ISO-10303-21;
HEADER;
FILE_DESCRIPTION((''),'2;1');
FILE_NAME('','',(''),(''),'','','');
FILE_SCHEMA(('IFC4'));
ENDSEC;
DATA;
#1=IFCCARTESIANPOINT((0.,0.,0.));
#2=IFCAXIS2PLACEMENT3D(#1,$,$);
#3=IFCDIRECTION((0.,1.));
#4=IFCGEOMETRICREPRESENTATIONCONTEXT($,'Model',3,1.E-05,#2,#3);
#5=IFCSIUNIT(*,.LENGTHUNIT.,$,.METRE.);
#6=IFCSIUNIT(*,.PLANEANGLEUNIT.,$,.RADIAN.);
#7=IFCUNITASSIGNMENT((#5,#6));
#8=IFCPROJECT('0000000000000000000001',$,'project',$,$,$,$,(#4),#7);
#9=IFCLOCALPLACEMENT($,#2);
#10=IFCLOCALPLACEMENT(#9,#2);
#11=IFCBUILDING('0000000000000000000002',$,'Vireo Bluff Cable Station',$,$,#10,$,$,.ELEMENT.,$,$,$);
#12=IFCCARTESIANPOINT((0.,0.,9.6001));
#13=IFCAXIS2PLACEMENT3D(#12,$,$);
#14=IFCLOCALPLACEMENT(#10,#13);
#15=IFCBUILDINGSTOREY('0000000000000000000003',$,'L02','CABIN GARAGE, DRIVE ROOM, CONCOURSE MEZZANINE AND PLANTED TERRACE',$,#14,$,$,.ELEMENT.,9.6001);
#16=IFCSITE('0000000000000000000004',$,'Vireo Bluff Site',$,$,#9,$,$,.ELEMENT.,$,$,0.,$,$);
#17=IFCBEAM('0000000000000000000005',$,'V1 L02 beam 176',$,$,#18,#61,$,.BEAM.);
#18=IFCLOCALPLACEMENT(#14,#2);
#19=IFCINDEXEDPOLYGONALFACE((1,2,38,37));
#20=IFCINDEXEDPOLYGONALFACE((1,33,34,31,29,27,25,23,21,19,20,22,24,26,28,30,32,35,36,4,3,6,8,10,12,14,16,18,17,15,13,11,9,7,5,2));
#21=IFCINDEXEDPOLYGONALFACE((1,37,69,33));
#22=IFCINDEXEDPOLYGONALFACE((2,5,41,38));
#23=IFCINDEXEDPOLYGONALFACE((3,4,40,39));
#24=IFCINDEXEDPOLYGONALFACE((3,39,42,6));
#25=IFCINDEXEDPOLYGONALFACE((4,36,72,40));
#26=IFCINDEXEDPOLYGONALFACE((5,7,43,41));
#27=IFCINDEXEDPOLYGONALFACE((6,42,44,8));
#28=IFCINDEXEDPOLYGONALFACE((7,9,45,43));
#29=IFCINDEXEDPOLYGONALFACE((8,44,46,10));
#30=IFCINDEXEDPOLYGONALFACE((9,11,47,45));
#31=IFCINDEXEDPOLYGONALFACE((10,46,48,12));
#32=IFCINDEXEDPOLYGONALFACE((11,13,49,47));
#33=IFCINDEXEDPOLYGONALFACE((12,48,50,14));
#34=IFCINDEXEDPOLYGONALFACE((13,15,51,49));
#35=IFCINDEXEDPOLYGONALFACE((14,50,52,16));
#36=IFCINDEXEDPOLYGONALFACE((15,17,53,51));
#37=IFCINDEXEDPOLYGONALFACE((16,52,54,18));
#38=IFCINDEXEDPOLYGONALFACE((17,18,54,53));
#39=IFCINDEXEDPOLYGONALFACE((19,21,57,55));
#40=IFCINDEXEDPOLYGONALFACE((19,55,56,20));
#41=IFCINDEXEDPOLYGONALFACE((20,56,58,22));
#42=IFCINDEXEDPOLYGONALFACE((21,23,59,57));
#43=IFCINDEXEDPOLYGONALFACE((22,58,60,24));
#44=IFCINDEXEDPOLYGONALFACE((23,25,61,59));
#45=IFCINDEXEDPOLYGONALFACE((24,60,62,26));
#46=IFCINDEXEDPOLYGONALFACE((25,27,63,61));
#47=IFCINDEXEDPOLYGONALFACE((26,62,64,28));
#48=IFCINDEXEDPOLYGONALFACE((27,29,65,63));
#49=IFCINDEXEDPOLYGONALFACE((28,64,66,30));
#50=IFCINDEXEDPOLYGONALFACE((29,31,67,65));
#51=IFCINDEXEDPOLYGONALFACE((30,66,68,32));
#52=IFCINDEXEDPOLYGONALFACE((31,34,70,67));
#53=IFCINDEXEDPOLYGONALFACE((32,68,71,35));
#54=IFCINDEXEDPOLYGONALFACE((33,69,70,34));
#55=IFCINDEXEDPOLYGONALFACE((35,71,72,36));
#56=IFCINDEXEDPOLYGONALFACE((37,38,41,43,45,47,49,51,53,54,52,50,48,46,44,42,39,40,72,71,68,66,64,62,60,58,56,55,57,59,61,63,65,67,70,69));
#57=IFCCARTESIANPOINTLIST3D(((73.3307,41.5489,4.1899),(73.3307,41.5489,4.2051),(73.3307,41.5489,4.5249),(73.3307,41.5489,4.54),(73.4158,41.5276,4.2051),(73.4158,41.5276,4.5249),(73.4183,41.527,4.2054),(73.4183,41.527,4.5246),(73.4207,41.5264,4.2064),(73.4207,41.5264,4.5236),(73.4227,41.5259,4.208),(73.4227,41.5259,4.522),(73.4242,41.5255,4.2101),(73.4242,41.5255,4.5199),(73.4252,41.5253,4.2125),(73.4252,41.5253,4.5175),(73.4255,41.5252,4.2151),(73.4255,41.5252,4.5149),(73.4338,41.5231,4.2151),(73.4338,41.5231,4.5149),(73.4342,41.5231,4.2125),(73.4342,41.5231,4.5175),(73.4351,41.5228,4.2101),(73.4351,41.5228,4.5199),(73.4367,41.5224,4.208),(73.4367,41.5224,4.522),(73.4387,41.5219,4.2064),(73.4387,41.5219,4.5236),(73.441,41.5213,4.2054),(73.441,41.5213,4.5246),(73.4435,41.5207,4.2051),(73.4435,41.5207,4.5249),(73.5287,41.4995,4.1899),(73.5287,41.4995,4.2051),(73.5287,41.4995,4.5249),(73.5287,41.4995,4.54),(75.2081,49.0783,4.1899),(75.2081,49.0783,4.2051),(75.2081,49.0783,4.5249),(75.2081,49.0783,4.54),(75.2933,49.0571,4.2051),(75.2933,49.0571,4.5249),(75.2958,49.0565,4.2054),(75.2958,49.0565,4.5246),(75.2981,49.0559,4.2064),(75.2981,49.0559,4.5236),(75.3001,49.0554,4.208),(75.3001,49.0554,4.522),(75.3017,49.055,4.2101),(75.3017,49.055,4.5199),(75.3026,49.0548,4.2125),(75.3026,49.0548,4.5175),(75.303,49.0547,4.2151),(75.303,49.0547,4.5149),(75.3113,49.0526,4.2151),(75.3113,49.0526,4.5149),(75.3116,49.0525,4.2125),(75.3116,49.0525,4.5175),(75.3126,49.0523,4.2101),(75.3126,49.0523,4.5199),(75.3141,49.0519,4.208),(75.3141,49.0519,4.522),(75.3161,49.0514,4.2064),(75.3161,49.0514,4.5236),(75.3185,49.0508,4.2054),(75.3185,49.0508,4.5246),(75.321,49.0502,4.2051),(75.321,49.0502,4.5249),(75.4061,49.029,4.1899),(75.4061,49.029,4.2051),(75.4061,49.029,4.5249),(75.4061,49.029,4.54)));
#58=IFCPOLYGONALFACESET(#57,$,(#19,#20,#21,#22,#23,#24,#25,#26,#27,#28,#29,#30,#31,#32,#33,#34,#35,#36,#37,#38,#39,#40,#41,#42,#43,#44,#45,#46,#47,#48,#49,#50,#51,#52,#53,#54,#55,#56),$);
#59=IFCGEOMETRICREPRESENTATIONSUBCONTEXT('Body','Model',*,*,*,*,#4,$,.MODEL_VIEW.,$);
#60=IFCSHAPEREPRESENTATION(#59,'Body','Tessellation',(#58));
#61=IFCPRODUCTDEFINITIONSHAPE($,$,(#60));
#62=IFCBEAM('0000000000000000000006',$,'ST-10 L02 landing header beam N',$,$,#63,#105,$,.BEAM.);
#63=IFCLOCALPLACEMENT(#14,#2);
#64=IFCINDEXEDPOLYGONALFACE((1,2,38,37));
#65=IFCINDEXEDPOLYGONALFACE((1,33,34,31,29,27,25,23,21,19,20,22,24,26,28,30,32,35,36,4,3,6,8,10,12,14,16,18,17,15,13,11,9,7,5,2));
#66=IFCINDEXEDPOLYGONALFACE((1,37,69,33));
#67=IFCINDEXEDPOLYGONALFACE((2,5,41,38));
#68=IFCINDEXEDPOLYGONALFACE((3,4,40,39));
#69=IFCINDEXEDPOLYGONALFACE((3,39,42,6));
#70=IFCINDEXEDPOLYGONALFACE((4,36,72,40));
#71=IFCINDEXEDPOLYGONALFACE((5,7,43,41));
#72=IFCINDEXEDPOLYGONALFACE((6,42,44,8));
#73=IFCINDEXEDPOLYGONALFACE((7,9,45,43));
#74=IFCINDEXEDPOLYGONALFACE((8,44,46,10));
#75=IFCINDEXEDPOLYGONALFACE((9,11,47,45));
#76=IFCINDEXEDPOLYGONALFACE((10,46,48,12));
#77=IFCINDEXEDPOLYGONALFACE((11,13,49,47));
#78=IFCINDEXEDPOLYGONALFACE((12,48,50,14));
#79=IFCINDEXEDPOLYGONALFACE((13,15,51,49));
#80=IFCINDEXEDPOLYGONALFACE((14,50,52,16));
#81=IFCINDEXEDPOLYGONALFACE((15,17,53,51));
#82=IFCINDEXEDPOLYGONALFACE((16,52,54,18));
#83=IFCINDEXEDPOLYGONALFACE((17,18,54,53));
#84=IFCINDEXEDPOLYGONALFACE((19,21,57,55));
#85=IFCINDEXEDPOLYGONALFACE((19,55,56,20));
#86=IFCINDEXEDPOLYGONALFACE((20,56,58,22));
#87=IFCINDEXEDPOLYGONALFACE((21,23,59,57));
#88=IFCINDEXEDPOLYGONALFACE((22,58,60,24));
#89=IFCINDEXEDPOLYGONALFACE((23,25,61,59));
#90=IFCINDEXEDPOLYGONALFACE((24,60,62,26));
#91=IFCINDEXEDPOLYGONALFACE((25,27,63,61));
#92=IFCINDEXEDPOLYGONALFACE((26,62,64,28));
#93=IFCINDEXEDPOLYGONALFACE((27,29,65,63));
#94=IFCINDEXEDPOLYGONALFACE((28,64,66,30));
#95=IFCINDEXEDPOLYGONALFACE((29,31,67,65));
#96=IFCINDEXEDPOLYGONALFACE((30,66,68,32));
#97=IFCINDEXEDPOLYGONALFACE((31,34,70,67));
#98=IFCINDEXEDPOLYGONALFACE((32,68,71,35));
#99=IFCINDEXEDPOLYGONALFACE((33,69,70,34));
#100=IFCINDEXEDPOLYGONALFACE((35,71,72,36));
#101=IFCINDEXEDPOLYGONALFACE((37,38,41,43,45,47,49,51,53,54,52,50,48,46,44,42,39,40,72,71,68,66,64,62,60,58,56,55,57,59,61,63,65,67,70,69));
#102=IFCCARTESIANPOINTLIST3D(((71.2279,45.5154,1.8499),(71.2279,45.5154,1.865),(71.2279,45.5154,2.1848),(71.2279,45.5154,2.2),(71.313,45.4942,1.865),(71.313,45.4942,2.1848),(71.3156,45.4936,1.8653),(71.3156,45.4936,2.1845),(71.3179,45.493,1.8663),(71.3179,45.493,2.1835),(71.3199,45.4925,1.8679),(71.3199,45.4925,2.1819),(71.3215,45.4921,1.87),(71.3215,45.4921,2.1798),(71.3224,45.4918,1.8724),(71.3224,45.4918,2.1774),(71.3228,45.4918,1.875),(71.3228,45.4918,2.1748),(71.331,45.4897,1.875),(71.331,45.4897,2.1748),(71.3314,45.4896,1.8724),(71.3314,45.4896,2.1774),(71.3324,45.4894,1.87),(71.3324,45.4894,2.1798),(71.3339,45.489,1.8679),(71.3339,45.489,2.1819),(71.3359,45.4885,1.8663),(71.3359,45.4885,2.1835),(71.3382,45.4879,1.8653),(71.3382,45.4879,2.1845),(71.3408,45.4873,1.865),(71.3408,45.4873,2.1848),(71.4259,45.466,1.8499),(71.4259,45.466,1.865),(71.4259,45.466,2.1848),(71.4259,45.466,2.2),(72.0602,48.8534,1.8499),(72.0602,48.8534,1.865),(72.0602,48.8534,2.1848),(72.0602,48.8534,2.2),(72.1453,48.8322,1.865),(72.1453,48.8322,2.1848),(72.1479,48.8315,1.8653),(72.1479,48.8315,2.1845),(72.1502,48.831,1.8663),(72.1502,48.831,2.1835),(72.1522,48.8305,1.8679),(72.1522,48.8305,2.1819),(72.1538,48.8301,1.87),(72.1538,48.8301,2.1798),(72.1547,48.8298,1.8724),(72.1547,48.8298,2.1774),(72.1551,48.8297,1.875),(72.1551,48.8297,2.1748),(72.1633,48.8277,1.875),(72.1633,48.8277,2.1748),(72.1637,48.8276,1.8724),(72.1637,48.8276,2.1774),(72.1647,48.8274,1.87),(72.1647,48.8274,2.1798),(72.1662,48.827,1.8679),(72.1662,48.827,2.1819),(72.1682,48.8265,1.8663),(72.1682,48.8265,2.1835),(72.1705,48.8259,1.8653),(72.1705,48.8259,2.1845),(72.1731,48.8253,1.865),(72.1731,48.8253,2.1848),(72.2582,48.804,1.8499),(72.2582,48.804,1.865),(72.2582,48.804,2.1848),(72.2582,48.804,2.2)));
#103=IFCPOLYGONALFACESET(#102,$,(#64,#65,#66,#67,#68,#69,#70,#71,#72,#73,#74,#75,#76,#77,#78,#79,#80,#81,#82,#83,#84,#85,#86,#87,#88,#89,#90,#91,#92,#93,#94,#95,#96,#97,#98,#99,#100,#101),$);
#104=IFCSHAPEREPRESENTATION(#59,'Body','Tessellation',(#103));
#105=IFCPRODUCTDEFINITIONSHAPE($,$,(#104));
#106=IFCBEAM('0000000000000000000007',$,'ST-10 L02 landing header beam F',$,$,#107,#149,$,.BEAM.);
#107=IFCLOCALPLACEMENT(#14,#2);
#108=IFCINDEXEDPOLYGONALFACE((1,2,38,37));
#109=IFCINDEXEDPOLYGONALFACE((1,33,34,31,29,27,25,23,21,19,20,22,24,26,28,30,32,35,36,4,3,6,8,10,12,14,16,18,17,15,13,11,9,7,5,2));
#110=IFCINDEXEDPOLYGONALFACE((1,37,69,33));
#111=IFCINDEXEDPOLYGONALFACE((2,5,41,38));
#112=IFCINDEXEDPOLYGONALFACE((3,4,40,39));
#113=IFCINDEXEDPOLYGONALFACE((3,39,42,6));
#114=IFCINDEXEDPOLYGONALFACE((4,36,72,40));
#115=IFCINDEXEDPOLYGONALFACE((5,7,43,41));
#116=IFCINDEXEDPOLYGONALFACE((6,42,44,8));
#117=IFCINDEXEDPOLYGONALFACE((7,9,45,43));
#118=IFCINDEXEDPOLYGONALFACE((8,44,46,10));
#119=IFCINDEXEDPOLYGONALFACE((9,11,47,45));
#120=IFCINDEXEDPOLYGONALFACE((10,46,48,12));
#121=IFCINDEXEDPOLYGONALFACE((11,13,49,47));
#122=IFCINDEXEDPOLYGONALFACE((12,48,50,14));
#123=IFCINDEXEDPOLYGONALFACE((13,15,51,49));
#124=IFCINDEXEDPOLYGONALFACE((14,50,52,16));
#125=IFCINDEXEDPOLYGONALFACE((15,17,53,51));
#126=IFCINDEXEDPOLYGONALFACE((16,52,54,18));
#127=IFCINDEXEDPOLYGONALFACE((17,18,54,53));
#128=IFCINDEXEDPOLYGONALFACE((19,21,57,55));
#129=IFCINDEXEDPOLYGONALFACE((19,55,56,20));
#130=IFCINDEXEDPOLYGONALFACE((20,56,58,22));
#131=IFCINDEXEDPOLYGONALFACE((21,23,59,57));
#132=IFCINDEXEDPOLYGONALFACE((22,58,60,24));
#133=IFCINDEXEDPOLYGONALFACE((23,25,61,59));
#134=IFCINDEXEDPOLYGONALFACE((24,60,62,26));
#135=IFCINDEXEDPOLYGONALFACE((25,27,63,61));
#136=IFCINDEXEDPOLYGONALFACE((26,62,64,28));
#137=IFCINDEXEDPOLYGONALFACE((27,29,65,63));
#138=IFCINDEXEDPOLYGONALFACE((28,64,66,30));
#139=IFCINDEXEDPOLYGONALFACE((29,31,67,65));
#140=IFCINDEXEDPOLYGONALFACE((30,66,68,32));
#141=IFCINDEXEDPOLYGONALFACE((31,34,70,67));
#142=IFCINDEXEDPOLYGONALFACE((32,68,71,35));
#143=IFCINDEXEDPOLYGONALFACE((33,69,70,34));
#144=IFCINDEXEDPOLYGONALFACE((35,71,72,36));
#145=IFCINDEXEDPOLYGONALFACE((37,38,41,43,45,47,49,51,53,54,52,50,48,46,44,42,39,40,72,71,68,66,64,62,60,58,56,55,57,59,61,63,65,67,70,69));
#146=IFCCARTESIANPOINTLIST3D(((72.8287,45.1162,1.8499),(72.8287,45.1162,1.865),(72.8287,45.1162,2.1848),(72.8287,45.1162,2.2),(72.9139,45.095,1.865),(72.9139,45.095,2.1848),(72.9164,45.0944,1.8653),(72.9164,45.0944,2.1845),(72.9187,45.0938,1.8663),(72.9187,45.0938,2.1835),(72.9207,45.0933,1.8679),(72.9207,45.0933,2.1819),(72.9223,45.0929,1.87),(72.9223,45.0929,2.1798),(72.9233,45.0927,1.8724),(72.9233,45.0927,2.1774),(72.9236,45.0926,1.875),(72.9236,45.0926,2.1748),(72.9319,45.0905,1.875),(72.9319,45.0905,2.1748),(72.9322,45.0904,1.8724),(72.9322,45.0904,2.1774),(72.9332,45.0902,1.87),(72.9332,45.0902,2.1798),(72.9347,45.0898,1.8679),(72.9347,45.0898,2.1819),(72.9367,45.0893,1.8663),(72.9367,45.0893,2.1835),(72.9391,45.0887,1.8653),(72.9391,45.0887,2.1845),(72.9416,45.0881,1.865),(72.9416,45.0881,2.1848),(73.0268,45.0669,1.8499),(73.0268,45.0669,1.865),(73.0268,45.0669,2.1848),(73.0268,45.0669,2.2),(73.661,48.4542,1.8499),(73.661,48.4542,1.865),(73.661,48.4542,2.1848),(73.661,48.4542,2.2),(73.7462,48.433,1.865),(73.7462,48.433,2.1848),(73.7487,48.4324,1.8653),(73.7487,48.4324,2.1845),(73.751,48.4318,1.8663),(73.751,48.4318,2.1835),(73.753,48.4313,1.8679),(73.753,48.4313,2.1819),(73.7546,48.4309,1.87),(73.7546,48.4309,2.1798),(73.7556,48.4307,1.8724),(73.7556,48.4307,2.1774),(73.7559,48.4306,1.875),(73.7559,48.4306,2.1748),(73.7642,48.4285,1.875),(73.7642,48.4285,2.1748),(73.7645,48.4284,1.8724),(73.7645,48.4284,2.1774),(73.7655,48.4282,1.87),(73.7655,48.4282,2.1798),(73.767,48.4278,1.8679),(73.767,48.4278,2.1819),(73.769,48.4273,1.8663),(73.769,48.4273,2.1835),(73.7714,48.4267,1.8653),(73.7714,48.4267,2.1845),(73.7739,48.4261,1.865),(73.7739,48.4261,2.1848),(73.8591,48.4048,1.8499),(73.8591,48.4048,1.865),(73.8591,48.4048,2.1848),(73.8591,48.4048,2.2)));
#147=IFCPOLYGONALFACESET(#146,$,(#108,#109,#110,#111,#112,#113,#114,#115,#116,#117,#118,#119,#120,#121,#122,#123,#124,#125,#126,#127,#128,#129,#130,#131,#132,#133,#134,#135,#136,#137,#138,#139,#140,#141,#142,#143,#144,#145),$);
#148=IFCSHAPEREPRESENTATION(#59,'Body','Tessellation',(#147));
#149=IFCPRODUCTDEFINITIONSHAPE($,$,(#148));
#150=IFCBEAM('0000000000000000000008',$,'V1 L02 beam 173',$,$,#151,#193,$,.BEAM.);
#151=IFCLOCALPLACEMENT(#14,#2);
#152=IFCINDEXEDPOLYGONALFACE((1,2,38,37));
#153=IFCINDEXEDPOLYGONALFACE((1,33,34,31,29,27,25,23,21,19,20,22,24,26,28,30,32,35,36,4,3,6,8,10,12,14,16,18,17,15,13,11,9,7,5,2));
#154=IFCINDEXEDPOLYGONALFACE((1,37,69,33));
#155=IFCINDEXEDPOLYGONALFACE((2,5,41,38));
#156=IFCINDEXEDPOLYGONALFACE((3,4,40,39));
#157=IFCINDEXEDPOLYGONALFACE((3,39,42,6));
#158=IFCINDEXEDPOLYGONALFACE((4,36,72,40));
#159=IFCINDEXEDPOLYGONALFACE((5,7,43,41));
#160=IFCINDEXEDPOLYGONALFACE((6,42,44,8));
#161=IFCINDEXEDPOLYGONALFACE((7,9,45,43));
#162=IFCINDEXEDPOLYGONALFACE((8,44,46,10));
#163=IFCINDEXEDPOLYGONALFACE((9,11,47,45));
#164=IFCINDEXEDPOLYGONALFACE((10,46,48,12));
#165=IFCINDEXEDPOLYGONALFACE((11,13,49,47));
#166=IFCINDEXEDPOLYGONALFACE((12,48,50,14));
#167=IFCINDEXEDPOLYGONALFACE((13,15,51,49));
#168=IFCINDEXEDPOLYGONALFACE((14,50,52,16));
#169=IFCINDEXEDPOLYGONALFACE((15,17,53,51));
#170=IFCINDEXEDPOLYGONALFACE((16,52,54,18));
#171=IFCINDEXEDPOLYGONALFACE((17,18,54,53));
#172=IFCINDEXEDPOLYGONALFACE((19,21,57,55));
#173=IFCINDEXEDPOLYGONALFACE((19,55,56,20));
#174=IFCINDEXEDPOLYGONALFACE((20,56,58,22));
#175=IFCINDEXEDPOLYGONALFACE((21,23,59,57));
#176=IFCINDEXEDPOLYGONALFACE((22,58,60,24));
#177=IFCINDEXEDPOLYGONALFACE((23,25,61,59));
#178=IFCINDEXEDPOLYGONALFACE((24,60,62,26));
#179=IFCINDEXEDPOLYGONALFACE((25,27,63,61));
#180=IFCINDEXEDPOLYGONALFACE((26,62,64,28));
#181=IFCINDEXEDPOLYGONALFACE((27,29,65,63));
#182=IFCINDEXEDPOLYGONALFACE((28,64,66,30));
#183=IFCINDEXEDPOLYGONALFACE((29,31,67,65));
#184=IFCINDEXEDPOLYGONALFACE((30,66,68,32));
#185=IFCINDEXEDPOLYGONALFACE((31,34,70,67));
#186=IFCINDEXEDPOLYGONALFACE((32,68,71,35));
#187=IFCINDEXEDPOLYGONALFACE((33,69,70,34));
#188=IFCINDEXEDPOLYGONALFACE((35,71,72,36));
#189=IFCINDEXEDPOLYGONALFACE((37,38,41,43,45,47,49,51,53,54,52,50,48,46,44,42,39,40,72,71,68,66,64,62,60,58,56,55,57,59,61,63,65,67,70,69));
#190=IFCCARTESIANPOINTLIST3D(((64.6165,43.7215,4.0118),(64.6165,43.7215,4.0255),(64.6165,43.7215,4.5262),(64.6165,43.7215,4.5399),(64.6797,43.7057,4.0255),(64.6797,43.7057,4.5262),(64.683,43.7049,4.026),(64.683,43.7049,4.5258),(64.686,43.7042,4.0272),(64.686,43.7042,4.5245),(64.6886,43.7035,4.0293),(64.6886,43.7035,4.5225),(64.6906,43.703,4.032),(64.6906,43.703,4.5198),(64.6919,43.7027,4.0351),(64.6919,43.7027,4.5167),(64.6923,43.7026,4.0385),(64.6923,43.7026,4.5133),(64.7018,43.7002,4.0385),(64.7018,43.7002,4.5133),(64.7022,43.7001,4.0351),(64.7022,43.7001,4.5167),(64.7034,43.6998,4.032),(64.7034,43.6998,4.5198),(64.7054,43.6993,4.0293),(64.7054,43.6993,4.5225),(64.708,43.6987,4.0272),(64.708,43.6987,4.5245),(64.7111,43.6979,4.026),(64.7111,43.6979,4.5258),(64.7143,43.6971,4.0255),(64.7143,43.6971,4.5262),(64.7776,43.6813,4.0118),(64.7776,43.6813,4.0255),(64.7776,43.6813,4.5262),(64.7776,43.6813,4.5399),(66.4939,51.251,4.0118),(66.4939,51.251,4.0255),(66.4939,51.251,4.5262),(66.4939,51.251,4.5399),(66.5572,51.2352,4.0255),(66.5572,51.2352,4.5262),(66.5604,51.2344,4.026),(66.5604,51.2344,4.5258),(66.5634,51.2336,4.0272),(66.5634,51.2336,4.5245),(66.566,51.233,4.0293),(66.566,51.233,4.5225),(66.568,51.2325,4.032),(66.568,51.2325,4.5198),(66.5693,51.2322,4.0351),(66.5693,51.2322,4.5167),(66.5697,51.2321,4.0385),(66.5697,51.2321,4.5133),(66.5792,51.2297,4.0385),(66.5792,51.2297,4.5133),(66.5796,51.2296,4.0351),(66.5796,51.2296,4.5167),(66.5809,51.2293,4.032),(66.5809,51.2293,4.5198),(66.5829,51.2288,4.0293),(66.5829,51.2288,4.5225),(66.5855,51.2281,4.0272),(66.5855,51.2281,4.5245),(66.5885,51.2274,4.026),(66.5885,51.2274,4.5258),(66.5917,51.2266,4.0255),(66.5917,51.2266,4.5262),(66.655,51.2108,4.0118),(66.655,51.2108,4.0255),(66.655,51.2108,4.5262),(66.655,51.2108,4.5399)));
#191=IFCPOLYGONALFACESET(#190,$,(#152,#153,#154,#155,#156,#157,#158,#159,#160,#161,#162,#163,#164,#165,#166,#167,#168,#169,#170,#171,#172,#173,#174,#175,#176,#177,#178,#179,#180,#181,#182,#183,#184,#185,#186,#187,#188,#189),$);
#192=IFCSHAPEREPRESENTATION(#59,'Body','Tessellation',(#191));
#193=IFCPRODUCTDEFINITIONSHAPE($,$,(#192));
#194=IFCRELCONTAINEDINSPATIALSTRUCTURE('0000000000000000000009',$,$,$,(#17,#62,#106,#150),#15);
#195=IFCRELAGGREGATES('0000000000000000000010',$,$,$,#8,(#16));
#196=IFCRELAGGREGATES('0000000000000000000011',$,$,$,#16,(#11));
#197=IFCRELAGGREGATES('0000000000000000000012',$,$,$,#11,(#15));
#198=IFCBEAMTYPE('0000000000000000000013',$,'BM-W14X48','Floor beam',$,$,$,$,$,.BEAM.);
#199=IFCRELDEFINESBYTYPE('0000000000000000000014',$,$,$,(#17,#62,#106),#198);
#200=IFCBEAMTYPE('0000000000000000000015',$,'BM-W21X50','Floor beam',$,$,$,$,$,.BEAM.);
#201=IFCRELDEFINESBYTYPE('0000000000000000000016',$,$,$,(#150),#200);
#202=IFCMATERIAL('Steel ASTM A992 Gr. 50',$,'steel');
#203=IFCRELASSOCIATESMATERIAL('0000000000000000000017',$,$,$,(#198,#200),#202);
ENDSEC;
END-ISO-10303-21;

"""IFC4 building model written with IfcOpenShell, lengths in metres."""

from ifc_helpers import new_model, si_unit, direction, frame, origin, origin_2d, place, context, subcontext, project, spatial, i_section, extrude, material, material_profile, profile_set, type_object, element, save


model = new_model("IFC4")

# Units and contexts
model_context = context("Model", 3, precision=1e-05, world=origin(), true_north=direction((0.0, 1.0)))
body_context = subcontext(model_context, "Body", "Model", "MODEL_VIEW")
ifc_project = project(units=[si_unit("LENGTHUNIT", "METRE"), si_unit("PLANEANGLEUNIT", "RADIAN")], contexts=[model_context])

# Site, building, storey
site_placement = place(None, origin())
site = spatial("IfcSite", under=ifc_project, at=site_placement, Name="Vireo Bluff Site", CompositionType="ELEMENT", RefElevation=0.0)
building_placement = place(site_placement, origin())
building = spatial("IfcBuilding", under=site, at=building_placement, Name="Vireo Bluff Cable Station", CompositionType="ELEMENT")
storey_placement = place(building_placement, frame((0.0, 0.0, 9.6001)))
storey = spatial("IfcBuildingStorey", under=building, at=storey_placement, Name="L02", Description="CABIN GARAGE, DRIVE ROOM, CONCOURSE MEZZANINE AND PLANTED TERRACE", CompositionType="ELEMENT", Elevation=9.6001)

# Shared definitions
ifc_material_1 = material(Name="Steel ASTM A992 Gr. 50", Category="steel")

# Beams
ifc_material_profile_1 = material_profile(ifc_material_1, i_section(OverallWidth=0.2041, OverallDepth=0.3501, WebThickness=0.0085, FlangeThickness=0.0151, FilletRadius=0.01, at=origin_2d()), Name="W14X48")
ifc_profile_set_1 = profile_set([ifc_material_profile_1], Name="Steel ASTM A992 Gr. 50")
beam_type_1 = type_object("IfcBeamType", Name="BM-W14X48", Description="Floor beam", PredefinedType="BEAM", material=ifc_profile_set_1)
beam_1_placement = place(storey_placement, frame((73.4297, 41.5242, 4.365), z_axis=(0.241936, 0.970292, 0.0), x_axis=(-0.970292, 0.241936, 0.0)))
element("IfcBeam", 1, at=beam_1_placement, inside=storey, type_object=beam_type_1, Name="V1 L02 beam 176", PredefinedType="BEAM", context=body_context, shape_type="SweptSolid", body=[
    extrude(i_section(OverallWidth=0.2041, OverallDepth=0.3501, WebThickness=0.0085, FlangeThickness=0.0151, FilletRadius=0.01, at=origin_2d()), origin(), (0.0, 0.0, 1.0), 7.76),
])
for number, where, z_axis, x_axis, name in (
    (2, (71.3269, 45.4907, 2.0249), (0.241934, 0.970293, 0.0), (-0.970293, 0.241934, 0.0), "ST-10 L02 landing header beam N"),
    (3, (72.9277, 45.0916, 2.0249), (0.241934, 0.970293, 0.0), (-0.970293, 0.241934, 0.0), "ST-10 L02 landing header beam F"),
):
    element("IfcBeam", number, at=place(storey_placement, frame(where, z_axis=z_axis, x_axis=x_axis)), inside=storey, type_object=beam_type_1, Name=name, PredefinedType="BEAM", context=body_context, shape_type="SweptSolid", body=[
        extrude(i_section(OverallWidth=0.2041, OverallDepth=0.3501, WebThickness=0.0085, FlangeThickness=0.0151, FilletRadius=0.01, at=origin_2d()), origin(), (0.0, 0.0, 1.0), 3.4402),
    ])
ifc_material_profile_2 = material_profile(ifc_material_1, i_section(OverallWidth=0.166, OverallDepth=0.5281, WebThickness=0.0098, FlangeThickness=0.0137, FilletRadius=0.0129, at=origin_2d()), Name="W21X50")
ifc_profile_set_2 = profile_set([ifc_material_profile_2], Name="Steel ASTM A992 Gr. 50")
beam_type_2 = type_object("IfcBeamType", Name="BM-W21X50", Description="Floor beam", PredefinedType="BEAM", material=ifc_profile_set_2)
beam_2_placement = place(storey_placement, frame((64.697, 43.7014, 4.2759), z_axis=(0.241936, 0.970292, 0.0), x_axis=(-0.970292, 0.241936, 0.0)))
element("IfcBeam", 4, at=beam_2_placement, inside=storey, type_object=beam_type_2, Name="V1 L02 beam 173", PredefinedType="BEAM", context=body_context, shape_type="SweptSolid", body=[
    extrude(i_section(OverallWidth=0.166, OverallDepth=0.5281, WebThickness=0.0098, FlangeThickness=0.0137, FilletRadius=0.0129, at=origin_2d()), origin(), (0.0, 0.0, 1.0), 7.76),
])

save(model, "model.ifc")
